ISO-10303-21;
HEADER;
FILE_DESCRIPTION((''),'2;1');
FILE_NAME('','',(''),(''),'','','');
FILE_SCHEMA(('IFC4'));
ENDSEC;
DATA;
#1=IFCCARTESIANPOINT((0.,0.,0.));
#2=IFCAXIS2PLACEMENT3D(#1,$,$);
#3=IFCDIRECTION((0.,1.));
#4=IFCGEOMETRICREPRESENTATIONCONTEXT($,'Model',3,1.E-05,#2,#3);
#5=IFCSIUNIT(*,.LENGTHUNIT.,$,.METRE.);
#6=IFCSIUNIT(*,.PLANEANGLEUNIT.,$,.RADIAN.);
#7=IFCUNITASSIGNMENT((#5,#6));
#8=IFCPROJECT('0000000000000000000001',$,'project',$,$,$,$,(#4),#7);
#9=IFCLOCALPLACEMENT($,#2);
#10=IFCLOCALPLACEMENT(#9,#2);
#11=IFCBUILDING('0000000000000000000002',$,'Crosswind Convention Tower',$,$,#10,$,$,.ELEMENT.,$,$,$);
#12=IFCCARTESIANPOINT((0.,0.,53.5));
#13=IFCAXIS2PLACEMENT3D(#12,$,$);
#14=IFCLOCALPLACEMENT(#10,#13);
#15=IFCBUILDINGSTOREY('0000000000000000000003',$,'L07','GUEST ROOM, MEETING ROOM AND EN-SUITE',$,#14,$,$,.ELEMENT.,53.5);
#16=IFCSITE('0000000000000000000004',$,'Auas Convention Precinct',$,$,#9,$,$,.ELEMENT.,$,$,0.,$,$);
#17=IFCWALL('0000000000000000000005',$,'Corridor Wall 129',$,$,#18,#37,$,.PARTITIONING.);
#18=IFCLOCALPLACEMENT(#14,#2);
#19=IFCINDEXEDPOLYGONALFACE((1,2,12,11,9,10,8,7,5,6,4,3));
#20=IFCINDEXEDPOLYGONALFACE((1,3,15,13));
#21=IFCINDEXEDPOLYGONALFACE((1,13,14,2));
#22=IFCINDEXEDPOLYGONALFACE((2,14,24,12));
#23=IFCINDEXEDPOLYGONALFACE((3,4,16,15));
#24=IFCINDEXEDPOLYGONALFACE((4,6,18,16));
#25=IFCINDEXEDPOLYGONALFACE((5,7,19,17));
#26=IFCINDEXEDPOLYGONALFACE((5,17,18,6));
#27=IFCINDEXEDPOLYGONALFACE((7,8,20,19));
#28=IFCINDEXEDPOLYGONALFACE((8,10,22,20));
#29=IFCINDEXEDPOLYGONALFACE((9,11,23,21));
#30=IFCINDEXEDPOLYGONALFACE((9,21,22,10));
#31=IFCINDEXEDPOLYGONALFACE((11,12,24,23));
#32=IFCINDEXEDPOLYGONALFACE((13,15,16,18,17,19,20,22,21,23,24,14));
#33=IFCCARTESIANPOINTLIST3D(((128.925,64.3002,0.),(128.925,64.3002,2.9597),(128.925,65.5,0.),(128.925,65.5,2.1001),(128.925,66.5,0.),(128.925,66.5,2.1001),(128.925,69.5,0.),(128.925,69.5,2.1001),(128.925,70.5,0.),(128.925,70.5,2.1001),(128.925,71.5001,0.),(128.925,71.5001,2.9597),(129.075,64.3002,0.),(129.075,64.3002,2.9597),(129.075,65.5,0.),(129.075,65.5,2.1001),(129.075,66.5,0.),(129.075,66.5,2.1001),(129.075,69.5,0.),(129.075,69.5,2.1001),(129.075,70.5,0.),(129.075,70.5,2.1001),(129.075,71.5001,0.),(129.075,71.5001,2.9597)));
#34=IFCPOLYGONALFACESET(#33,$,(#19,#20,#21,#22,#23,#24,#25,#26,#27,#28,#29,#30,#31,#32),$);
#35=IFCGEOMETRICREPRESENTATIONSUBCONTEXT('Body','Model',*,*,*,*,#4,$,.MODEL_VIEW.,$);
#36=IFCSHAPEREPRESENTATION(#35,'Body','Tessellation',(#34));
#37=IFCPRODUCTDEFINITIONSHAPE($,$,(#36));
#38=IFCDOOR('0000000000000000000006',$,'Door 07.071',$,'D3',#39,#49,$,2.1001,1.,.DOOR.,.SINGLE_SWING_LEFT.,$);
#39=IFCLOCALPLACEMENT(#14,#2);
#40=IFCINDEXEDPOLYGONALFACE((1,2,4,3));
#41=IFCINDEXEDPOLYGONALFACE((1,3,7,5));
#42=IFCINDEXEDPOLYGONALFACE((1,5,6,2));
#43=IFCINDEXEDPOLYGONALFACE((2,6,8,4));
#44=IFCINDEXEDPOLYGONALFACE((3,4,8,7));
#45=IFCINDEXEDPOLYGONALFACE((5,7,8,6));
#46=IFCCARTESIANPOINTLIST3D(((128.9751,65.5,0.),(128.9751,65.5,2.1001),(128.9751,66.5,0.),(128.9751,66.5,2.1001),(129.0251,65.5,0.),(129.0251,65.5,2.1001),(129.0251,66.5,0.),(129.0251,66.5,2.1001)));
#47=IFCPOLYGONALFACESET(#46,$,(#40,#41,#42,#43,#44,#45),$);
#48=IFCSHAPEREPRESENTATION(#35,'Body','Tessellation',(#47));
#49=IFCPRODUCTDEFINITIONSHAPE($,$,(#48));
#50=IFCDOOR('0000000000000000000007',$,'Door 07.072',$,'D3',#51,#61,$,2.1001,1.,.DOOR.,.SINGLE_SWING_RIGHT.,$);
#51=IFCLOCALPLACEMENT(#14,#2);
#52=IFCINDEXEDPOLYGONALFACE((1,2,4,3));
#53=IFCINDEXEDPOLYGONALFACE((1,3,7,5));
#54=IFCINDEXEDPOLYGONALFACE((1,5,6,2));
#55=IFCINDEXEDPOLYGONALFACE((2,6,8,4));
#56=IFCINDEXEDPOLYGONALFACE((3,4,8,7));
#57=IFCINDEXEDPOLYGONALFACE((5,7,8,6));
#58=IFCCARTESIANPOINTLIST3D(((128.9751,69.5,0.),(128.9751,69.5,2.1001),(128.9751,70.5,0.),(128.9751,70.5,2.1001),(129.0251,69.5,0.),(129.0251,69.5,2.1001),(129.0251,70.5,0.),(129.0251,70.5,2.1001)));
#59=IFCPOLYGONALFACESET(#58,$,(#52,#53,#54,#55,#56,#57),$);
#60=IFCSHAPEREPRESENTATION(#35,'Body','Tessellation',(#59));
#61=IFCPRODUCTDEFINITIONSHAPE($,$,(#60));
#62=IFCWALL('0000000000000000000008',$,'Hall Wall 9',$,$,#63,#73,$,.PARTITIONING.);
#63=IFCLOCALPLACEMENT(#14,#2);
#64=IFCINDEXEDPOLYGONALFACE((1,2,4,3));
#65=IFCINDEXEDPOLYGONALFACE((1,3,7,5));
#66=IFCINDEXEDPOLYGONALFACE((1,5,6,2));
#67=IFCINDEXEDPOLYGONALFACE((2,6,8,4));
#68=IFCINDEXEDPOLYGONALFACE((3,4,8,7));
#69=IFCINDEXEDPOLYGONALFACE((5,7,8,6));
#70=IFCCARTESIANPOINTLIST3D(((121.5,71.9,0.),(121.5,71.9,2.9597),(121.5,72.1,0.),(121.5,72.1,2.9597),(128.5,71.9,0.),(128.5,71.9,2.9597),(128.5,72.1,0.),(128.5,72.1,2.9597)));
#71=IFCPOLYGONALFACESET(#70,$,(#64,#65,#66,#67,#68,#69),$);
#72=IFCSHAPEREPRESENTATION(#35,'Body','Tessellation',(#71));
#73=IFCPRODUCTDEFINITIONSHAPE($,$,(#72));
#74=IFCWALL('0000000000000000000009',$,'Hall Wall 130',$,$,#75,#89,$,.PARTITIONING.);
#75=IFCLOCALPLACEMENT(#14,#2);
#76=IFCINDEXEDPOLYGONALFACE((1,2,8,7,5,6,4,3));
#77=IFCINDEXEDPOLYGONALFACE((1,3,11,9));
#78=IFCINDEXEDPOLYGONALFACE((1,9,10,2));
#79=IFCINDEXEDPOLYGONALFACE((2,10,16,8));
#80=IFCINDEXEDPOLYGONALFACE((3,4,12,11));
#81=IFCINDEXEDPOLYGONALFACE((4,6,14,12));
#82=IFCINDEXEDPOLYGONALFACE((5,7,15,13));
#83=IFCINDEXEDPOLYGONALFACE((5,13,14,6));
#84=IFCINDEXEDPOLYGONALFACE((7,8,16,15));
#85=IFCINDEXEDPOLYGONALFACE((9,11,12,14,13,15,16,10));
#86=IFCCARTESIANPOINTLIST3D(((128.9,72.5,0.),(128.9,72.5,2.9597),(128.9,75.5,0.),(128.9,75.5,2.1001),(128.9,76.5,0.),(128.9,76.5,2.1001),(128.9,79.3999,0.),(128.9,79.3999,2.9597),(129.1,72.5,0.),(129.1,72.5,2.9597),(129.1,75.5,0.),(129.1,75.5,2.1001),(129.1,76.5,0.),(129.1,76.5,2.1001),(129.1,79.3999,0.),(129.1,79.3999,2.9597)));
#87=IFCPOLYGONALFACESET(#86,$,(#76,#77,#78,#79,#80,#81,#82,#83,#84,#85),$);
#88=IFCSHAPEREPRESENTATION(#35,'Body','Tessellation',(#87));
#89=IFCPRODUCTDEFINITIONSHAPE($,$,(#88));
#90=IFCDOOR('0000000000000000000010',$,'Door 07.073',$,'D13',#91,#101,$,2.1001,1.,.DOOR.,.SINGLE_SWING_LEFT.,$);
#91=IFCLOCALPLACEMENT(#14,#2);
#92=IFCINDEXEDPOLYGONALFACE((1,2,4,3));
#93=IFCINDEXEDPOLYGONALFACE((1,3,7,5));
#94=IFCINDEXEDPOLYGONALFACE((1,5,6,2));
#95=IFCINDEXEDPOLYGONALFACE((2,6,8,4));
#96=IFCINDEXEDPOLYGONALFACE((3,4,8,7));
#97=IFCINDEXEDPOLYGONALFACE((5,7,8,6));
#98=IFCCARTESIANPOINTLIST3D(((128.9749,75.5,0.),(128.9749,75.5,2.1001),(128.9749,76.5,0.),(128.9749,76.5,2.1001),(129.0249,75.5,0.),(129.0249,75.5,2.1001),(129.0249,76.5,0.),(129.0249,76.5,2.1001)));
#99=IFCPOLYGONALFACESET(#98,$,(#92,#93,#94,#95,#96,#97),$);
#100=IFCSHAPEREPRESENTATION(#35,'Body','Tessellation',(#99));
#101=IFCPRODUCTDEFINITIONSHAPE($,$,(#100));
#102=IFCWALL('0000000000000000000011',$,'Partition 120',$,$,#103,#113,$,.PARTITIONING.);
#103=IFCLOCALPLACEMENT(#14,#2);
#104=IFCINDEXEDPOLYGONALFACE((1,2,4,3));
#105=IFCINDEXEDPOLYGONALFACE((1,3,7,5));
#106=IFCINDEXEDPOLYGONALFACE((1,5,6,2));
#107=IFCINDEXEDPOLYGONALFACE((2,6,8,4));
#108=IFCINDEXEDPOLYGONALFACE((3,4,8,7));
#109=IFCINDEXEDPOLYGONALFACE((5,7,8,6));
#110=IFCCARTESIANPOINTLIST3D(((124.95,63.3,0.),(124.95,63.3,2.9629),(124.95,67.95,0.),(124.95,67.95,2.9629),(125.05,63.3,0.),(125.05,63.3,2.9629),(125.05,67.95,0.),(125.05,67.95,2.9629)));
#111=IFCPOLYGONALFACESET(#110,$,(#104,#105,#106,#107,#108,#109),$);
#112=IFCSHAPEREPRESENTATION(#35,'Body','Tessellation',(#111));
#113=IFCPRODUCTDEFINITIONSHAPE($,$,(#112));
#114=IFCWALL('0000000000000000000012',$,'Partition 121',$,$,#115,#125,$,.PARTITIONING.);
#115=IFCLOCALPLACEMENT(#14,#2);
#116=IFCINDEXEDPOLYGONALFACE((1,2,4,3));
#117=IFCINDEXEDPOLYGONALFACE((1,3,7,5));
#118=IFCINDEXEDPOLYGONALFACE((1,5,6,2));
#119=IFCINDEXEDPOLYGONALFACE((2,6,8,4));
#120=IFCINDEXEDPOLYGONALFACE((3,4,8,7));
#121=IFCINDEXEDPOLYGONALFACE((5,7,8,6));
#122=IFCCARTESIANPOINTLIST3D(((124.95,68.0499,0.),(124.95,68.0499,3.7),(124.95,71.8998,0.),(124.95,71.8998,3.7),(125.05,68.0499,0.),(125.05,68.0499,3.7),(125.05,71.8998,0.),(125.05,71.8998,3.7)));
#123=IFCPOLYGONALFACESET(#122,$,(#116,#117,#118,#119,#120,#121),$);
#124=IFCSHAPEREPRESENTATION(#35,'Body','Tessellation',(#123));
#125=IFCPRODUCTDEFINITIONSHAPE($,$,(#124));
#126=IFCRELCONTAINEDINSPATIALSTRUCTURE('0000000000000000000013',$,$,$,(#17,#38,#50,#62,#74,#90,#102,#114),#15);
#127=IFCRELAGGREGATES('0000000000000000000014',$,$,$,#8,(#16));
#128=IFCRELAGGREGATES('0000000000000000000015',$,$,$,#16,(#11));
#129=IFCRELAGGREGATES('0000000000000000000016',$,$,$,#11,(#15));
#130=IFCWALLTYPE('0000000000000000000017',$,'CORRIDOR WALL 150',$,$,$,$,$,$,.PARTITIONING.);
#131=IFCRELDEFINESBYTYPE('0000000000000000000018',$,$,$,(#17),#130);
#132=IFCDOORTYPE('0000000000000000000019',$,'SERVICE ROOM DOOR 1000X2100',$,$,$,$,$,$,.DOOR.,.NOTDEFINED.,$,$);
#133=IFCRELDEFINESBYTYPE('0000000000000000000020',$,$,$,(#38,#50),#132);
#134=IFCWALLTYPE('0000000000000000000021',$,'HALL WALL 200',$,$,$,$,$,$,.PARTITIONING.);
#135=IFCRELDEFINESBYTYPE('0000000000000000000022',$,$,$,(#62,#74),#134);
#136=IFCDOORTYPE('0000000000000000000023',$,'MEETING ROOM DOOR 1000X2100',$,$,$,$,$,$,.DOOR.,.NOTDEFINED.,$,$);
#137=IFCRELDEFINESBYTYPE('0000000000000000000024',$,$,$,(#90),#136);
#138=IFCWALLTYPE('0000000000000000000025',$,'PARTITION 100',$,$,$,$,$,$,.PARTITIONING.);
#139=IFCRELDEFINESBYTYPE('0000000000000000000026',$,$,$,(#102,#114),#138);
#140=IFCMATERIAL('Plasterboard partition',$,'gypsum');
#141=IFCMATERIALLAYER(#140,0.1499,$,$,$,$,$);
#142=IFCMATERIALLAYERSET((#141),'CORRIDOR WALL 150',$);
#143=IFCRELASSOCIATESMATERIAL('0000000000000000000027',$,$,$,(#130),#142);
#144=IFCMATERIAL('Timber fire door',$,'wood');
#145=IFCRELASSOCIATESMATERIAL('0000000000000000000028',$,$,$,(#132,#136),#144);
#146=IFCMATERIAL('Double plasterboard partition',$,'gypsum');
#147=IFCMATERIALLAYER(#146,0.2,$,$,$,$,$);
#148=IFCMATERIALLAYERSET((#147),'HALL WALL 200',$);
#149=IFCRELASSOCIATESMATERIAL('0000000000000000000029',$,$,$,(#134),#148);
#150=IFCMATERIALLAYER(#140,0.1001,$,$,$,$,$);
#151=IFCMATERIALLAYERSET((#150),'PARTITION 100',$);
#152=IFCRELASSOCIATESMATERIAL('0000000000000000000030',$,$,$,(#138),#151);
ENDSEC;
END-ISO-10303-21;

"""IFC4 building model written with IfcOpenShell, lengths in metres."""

from ifc_helpers import new_model, si_unit, direction, frame, frame_2d, origin, place, context, subcontext, project, spatial, rectangle, extrude, material, layer, layer_set, type_object, element, fill, save


model = new_model("IFC4")

# Units and contexts
model_context = context("Model", 3, precision=1e-05, world=origin(), true_north=direction((0.0, 1.0)))
body_context = subcontext(model_context, "Body", "Model", "MODEL_VIEW")
ifc_project = project(units=[si_unit("LENGTHUNIT", "METRE"), si_unit("PLANEANGLEUNIT", "RADIAN")], contexts=[model_context])

# Site, building, storey
site_placement = place(None, origin())
site = spatial("IfcSite", under=ifc_project, at=site_placement, Name="Auas Convention Precinct", CompositionType="ELEMENT", RefElevation=0.0)
building_placement = place(site_placement, origin())
building = spatial("IfcBuilding", under=site, at=building_placement, Name="Crosswind Convention Tower", CompositionType="ELEMENT")
storey_placement = place(building_placement, frame((0.0, 0.0, 53.5)))
storey = spatial("IfcBuildingStorey", under=building, at=storey_placement, Name="L07", Description="GUEST ROOM, MEETING ROOM AND EN-SUITE", CompositionType="ELEMENT", Elevation=53.5)

# Shared definitions
ifc_material_1 = material(Name="Plasterboard partition", Category="gypsum")
ifc_layer_1 = layer(ifc_material_1, 0.1499)
ifc_layer_set_1 = layer_set([ifc_layer_1], Name="CORRIDOR WALL 150")
wall_type_1 = type_object("IfcWallType", Name="CORRIDOR WALL 150", PredefinedType="PARTITIONING", material=ifc_layer_set_1)

# Wall, openings, doors
wall_1_placement = place(storey_placement, frame((129.0, 64.3, 0.0), z_axis=(0.0, 0.0, 1.0), x_axis=(0.0, 1.0, 0.0)))
wall_1 = element("IfcWall", 1, at=wall_1_placement, inside=storey, type_object=wall_type_1, Name="Corridor Wall 129", PredefinedType="PARTITIONING", context=body_context, shape_type="SweptSolid", body=[
    extrude(rectangle(XDim=7.2, YDim=0.1499, at=frame_2d((3.6001, 0.0))), origin(), (0.0, 0.0, 1.0), 2.9597),
])
opening_1_placement = place(wall_1_placement, frame((1.2, 0.0, 0.0)))
opening_1 = element("IfcOpeningElement", 2, at=opening_1_placement, cuts=wall_1, PredefinedType="OPENING", context=body_context, shape_type="SweptSolid", body=[
    extrude(rectangle(XDim=1.0, YDim=2.1001, at=frame_2d((0.5, 1.05))), frame((0.0, 0.085, 0.0), z_axis=(0.0, -1.0, 0.0), x_axis=(1.0, 0.0, 0.0)), (0.0, 0.0, 1.0), 0.1699),
])
opening_2_placement = place(wall_1_placement, frame((5.2, 0.0, 0.0)))
opening_2 = element("IfcOpeningElement", 3, at=opening_2_placement, cuts=wall_1, PredefinedType="OPENING", context=body_context, shape_type="SweptSolid", body=[
    extrude(rectangle(XDim=1.0, YDim=2.1001, at=frame_2d((0.5, 1.05))), frame((0.0, 0.085, 0.0), z_axis=(0.0, -1.0, 0.0), x_axis=(1.0, 0.0, 0.0)), (0.0, 0.0, 1.0), 0.1699),
])
ifc_material_2 = material(Name="Timber fire door", Category="wood")
door_type_1 = type_object("IfcDoorType", Name="SERVICE ROOM DOOR 1000X2100", OperationType="NOTDEFINED", PredefinedType="DOOR", material=ifc_material_2)
door_1_placement = place(opening_1_placement, origin())
door_1 = element("IfcDoor", 4, at=door_1_placement, inside=storey, type_object=door_type_1, Name="Door 07.071", ObjectType="D3", OperationType="SINGLE_SWING_LEFT", OverallHeight=2.1001, OverallWidth=1.0, PredefinedType="DOOR", context=body_context, shape_type="SweptSolid", body=[
    extrude(rectangle(XDim=1.0, YDim=2.1001, at=frame_2d((0.5, 1.05))), frame((0.0, 0.0249, 0.0), z_axis=(0.0, -1.0, 0.0), x_axis=(1.0, 0.0, 0.0)), (0.0, 0.0, 1.0), 0.05),
])
fill(opening_1, door_1)
door_2_placement = place(opening_2_placement, origin())
door_2 = element("IfcDoor", 5, at=door_2_placement, inside=storey, type_object=door_type_1, Name="Door 07.072", ObjectType="D3", OperationType="SINGLE_SWING_RIGHT", OverallHeight=2.1001, OverallWidth=1.0, PredefinedType="DOOR", context=body_context, shape_type="SweptSolid", body=[
    extrude(rectangle(XDim=1.0, YDim=2.1001, at=frame_2d((0.5, 1.05))), frame((0.0, 0.0249, 0.0), z_axis=(0.0, -1.0, 0.0), x_axis=(1.0, 0.0, 0.0)), (0.0, 0.0, 1.0), 0.05),
])
fill(opening_2, door_2)

# Wall
ifc_material_3 = material(Name="Double plasterboard partition", Category="gypsum")
ifc_layer_2 = layer(ifc_material_3, 0.2)
ifc_layer_set_2 = layer_set([ifc_layer_2], Name="HALL WALL 200")
wall_type_2 = type_object("IfcWallType", Name="HALL WALL 200", PredefinedType="PARTITIONING", material=ifc_layer_set_2)
wall_2_placement = place(storey_placement, frame((121.5, 72.0, 0.0), z_axis=(0.0, 0.0, 1.0), x_axis=(1.0, 0.0, 0.0)))
element("IfcWall", 6, at=wall_2_placement, inside=storey, type_object=wall_type_2, Name="Hall Wall 9", PredefinedType="PARTITIONING", context=body_context, shape_type="SweptSolid", body=[
    extrude(rectangle(XDim=7.0, YDim=0.2, at=frame_2d((3.5, 0.0))), origin(), (0.0, 0.0, 1.0), 2.9597),
])

# Wall, opening, door
wall_3_placement = place(storey_placement, frame((129.0, 72.5, 0.0), z_axis=(0.0, 0.0, 1.0), x_axis=(0.0, 1.0, 0.0)))
wall_3 = element("IfcWall", 7, at=wall_3_placement, inside=storey, type_object=wall_type_2, Name="Hall Wall 130", PredefinedType="PARTITIONING", context=body_context, shape_type="SweptSolid", body=[
    extrude(rectangle(XDim=6.8999, YDim=0.2, at=frame_2d((3.45, 0.0))), origin(), (0.0, 0.0, 1.0), 2.9597),
])
opening_3_placement = place(wall_3_placement, frame((3.0, 0.0, 0.0)))
opening_3 = element("IfcOpeningElement", 8, at=opening_3_placement, cuts=wall_3, PredefinedType="OPENING", context=body_context, shape_type="SweptSolid", body=[
    extrude(rectangle(XDim=1.0, YDim=2.1001, at=frame_2d((0.5, 1.05))), frame((0.0, 0.1099, 0.0), z_axis=(0.0, -1.0, 0.0), x_axis=(1.0, 0.0, 0.0)), (0.0, 0.0, 1.0), 0.22),
])
door_type_2 = type_object("IfcDoorType", Name="MEETING ROOM DOOR 1000X2100", OperationType="NOTDEFINED", PredefinedType="DOOR", material=ifc_material_2)
door_3_placement = place(opening_3_placement, frame((1.0, 0.0, 0.0), z_axis=(0.0, 0.0, 1.0), x_axis=(-1.0, 0.0, 0.0)))
door_3 = element("IfcDoor", 9, at=door_3_placement, inside=storey, type_object=door_type_2, Name="Door 07.073", ObjectType="D13", OperationType="SINGLE_SWING_LEFT", OverallHeight=2.1001, OverallWidth=1.0, PredefinedType="DOOR", context=body_context, shape_type="SweptSolid", body=[
    extrude(rectangle(XDim=1.0, YDim=2.1001, at=frame_2d((0.5, 1.05))), frame((0.0, 0.0249, 0.0), z_axis=(0.0, -1.0, 0.0), x_axis=(1.0, 0.0, 0.0)), (0.0, 0.0, 1.0), 0.05),
])
fill(opening_3, door_3)

# Walls
ifc_layer_3 = layer(ifc_material_1, 0.1001)
ifc_layer_set_3 = layer_set([ifc_layer_3], Name="PARTITION 100")
wall_type_3 = type_object("IfcWallType", Name="PARTITION 100", PredefinedType="PARTITIONING", material=ifc_layer_set_3)
wall_4_placement = place(storey_placement, frame((125.0, 63.3, 0.0), z_axis=(0.0, 0.0, 1.0), x_axis=(0.0, 1.0, 0.0)))
element("IfcWall", 10, at=wall_4_placement, inside=storey, type_object=wall_type_3, Name="Partition 120", PredefinedType="PARTITIONING", context=body_context, shape_type="SweptSolid", body=[
    extrude(rectangle(XDim=4.6499, YDim=0.1001, at=frame_2d((2.325, 0.0))), origin(), (0.0, 0.0, 1.0), 2.9629),
])
wall_5_placement = place(storey_placement, frame((125.0, 68.05, 0.0), z_axis=(0.0, 0.0, 1.0), x_axis=(0.0, 1.0, 0.0)))
element("IfcWall", 11, at=wall_5_placement, inside=storey, type_object=wall_type_3, Name="Partition 121", PredefinedType="PARTITIONING", context=body_context, shape_type="SweptSolid", body=[
    extrude(rectangle(XDim=3.8499, YDim=0.1001, at=frame_2d((1.9248, 0.0))), origin(), (0.0, 0.0, 1.0), 3.7),
])

save(model, "model.ifc")
